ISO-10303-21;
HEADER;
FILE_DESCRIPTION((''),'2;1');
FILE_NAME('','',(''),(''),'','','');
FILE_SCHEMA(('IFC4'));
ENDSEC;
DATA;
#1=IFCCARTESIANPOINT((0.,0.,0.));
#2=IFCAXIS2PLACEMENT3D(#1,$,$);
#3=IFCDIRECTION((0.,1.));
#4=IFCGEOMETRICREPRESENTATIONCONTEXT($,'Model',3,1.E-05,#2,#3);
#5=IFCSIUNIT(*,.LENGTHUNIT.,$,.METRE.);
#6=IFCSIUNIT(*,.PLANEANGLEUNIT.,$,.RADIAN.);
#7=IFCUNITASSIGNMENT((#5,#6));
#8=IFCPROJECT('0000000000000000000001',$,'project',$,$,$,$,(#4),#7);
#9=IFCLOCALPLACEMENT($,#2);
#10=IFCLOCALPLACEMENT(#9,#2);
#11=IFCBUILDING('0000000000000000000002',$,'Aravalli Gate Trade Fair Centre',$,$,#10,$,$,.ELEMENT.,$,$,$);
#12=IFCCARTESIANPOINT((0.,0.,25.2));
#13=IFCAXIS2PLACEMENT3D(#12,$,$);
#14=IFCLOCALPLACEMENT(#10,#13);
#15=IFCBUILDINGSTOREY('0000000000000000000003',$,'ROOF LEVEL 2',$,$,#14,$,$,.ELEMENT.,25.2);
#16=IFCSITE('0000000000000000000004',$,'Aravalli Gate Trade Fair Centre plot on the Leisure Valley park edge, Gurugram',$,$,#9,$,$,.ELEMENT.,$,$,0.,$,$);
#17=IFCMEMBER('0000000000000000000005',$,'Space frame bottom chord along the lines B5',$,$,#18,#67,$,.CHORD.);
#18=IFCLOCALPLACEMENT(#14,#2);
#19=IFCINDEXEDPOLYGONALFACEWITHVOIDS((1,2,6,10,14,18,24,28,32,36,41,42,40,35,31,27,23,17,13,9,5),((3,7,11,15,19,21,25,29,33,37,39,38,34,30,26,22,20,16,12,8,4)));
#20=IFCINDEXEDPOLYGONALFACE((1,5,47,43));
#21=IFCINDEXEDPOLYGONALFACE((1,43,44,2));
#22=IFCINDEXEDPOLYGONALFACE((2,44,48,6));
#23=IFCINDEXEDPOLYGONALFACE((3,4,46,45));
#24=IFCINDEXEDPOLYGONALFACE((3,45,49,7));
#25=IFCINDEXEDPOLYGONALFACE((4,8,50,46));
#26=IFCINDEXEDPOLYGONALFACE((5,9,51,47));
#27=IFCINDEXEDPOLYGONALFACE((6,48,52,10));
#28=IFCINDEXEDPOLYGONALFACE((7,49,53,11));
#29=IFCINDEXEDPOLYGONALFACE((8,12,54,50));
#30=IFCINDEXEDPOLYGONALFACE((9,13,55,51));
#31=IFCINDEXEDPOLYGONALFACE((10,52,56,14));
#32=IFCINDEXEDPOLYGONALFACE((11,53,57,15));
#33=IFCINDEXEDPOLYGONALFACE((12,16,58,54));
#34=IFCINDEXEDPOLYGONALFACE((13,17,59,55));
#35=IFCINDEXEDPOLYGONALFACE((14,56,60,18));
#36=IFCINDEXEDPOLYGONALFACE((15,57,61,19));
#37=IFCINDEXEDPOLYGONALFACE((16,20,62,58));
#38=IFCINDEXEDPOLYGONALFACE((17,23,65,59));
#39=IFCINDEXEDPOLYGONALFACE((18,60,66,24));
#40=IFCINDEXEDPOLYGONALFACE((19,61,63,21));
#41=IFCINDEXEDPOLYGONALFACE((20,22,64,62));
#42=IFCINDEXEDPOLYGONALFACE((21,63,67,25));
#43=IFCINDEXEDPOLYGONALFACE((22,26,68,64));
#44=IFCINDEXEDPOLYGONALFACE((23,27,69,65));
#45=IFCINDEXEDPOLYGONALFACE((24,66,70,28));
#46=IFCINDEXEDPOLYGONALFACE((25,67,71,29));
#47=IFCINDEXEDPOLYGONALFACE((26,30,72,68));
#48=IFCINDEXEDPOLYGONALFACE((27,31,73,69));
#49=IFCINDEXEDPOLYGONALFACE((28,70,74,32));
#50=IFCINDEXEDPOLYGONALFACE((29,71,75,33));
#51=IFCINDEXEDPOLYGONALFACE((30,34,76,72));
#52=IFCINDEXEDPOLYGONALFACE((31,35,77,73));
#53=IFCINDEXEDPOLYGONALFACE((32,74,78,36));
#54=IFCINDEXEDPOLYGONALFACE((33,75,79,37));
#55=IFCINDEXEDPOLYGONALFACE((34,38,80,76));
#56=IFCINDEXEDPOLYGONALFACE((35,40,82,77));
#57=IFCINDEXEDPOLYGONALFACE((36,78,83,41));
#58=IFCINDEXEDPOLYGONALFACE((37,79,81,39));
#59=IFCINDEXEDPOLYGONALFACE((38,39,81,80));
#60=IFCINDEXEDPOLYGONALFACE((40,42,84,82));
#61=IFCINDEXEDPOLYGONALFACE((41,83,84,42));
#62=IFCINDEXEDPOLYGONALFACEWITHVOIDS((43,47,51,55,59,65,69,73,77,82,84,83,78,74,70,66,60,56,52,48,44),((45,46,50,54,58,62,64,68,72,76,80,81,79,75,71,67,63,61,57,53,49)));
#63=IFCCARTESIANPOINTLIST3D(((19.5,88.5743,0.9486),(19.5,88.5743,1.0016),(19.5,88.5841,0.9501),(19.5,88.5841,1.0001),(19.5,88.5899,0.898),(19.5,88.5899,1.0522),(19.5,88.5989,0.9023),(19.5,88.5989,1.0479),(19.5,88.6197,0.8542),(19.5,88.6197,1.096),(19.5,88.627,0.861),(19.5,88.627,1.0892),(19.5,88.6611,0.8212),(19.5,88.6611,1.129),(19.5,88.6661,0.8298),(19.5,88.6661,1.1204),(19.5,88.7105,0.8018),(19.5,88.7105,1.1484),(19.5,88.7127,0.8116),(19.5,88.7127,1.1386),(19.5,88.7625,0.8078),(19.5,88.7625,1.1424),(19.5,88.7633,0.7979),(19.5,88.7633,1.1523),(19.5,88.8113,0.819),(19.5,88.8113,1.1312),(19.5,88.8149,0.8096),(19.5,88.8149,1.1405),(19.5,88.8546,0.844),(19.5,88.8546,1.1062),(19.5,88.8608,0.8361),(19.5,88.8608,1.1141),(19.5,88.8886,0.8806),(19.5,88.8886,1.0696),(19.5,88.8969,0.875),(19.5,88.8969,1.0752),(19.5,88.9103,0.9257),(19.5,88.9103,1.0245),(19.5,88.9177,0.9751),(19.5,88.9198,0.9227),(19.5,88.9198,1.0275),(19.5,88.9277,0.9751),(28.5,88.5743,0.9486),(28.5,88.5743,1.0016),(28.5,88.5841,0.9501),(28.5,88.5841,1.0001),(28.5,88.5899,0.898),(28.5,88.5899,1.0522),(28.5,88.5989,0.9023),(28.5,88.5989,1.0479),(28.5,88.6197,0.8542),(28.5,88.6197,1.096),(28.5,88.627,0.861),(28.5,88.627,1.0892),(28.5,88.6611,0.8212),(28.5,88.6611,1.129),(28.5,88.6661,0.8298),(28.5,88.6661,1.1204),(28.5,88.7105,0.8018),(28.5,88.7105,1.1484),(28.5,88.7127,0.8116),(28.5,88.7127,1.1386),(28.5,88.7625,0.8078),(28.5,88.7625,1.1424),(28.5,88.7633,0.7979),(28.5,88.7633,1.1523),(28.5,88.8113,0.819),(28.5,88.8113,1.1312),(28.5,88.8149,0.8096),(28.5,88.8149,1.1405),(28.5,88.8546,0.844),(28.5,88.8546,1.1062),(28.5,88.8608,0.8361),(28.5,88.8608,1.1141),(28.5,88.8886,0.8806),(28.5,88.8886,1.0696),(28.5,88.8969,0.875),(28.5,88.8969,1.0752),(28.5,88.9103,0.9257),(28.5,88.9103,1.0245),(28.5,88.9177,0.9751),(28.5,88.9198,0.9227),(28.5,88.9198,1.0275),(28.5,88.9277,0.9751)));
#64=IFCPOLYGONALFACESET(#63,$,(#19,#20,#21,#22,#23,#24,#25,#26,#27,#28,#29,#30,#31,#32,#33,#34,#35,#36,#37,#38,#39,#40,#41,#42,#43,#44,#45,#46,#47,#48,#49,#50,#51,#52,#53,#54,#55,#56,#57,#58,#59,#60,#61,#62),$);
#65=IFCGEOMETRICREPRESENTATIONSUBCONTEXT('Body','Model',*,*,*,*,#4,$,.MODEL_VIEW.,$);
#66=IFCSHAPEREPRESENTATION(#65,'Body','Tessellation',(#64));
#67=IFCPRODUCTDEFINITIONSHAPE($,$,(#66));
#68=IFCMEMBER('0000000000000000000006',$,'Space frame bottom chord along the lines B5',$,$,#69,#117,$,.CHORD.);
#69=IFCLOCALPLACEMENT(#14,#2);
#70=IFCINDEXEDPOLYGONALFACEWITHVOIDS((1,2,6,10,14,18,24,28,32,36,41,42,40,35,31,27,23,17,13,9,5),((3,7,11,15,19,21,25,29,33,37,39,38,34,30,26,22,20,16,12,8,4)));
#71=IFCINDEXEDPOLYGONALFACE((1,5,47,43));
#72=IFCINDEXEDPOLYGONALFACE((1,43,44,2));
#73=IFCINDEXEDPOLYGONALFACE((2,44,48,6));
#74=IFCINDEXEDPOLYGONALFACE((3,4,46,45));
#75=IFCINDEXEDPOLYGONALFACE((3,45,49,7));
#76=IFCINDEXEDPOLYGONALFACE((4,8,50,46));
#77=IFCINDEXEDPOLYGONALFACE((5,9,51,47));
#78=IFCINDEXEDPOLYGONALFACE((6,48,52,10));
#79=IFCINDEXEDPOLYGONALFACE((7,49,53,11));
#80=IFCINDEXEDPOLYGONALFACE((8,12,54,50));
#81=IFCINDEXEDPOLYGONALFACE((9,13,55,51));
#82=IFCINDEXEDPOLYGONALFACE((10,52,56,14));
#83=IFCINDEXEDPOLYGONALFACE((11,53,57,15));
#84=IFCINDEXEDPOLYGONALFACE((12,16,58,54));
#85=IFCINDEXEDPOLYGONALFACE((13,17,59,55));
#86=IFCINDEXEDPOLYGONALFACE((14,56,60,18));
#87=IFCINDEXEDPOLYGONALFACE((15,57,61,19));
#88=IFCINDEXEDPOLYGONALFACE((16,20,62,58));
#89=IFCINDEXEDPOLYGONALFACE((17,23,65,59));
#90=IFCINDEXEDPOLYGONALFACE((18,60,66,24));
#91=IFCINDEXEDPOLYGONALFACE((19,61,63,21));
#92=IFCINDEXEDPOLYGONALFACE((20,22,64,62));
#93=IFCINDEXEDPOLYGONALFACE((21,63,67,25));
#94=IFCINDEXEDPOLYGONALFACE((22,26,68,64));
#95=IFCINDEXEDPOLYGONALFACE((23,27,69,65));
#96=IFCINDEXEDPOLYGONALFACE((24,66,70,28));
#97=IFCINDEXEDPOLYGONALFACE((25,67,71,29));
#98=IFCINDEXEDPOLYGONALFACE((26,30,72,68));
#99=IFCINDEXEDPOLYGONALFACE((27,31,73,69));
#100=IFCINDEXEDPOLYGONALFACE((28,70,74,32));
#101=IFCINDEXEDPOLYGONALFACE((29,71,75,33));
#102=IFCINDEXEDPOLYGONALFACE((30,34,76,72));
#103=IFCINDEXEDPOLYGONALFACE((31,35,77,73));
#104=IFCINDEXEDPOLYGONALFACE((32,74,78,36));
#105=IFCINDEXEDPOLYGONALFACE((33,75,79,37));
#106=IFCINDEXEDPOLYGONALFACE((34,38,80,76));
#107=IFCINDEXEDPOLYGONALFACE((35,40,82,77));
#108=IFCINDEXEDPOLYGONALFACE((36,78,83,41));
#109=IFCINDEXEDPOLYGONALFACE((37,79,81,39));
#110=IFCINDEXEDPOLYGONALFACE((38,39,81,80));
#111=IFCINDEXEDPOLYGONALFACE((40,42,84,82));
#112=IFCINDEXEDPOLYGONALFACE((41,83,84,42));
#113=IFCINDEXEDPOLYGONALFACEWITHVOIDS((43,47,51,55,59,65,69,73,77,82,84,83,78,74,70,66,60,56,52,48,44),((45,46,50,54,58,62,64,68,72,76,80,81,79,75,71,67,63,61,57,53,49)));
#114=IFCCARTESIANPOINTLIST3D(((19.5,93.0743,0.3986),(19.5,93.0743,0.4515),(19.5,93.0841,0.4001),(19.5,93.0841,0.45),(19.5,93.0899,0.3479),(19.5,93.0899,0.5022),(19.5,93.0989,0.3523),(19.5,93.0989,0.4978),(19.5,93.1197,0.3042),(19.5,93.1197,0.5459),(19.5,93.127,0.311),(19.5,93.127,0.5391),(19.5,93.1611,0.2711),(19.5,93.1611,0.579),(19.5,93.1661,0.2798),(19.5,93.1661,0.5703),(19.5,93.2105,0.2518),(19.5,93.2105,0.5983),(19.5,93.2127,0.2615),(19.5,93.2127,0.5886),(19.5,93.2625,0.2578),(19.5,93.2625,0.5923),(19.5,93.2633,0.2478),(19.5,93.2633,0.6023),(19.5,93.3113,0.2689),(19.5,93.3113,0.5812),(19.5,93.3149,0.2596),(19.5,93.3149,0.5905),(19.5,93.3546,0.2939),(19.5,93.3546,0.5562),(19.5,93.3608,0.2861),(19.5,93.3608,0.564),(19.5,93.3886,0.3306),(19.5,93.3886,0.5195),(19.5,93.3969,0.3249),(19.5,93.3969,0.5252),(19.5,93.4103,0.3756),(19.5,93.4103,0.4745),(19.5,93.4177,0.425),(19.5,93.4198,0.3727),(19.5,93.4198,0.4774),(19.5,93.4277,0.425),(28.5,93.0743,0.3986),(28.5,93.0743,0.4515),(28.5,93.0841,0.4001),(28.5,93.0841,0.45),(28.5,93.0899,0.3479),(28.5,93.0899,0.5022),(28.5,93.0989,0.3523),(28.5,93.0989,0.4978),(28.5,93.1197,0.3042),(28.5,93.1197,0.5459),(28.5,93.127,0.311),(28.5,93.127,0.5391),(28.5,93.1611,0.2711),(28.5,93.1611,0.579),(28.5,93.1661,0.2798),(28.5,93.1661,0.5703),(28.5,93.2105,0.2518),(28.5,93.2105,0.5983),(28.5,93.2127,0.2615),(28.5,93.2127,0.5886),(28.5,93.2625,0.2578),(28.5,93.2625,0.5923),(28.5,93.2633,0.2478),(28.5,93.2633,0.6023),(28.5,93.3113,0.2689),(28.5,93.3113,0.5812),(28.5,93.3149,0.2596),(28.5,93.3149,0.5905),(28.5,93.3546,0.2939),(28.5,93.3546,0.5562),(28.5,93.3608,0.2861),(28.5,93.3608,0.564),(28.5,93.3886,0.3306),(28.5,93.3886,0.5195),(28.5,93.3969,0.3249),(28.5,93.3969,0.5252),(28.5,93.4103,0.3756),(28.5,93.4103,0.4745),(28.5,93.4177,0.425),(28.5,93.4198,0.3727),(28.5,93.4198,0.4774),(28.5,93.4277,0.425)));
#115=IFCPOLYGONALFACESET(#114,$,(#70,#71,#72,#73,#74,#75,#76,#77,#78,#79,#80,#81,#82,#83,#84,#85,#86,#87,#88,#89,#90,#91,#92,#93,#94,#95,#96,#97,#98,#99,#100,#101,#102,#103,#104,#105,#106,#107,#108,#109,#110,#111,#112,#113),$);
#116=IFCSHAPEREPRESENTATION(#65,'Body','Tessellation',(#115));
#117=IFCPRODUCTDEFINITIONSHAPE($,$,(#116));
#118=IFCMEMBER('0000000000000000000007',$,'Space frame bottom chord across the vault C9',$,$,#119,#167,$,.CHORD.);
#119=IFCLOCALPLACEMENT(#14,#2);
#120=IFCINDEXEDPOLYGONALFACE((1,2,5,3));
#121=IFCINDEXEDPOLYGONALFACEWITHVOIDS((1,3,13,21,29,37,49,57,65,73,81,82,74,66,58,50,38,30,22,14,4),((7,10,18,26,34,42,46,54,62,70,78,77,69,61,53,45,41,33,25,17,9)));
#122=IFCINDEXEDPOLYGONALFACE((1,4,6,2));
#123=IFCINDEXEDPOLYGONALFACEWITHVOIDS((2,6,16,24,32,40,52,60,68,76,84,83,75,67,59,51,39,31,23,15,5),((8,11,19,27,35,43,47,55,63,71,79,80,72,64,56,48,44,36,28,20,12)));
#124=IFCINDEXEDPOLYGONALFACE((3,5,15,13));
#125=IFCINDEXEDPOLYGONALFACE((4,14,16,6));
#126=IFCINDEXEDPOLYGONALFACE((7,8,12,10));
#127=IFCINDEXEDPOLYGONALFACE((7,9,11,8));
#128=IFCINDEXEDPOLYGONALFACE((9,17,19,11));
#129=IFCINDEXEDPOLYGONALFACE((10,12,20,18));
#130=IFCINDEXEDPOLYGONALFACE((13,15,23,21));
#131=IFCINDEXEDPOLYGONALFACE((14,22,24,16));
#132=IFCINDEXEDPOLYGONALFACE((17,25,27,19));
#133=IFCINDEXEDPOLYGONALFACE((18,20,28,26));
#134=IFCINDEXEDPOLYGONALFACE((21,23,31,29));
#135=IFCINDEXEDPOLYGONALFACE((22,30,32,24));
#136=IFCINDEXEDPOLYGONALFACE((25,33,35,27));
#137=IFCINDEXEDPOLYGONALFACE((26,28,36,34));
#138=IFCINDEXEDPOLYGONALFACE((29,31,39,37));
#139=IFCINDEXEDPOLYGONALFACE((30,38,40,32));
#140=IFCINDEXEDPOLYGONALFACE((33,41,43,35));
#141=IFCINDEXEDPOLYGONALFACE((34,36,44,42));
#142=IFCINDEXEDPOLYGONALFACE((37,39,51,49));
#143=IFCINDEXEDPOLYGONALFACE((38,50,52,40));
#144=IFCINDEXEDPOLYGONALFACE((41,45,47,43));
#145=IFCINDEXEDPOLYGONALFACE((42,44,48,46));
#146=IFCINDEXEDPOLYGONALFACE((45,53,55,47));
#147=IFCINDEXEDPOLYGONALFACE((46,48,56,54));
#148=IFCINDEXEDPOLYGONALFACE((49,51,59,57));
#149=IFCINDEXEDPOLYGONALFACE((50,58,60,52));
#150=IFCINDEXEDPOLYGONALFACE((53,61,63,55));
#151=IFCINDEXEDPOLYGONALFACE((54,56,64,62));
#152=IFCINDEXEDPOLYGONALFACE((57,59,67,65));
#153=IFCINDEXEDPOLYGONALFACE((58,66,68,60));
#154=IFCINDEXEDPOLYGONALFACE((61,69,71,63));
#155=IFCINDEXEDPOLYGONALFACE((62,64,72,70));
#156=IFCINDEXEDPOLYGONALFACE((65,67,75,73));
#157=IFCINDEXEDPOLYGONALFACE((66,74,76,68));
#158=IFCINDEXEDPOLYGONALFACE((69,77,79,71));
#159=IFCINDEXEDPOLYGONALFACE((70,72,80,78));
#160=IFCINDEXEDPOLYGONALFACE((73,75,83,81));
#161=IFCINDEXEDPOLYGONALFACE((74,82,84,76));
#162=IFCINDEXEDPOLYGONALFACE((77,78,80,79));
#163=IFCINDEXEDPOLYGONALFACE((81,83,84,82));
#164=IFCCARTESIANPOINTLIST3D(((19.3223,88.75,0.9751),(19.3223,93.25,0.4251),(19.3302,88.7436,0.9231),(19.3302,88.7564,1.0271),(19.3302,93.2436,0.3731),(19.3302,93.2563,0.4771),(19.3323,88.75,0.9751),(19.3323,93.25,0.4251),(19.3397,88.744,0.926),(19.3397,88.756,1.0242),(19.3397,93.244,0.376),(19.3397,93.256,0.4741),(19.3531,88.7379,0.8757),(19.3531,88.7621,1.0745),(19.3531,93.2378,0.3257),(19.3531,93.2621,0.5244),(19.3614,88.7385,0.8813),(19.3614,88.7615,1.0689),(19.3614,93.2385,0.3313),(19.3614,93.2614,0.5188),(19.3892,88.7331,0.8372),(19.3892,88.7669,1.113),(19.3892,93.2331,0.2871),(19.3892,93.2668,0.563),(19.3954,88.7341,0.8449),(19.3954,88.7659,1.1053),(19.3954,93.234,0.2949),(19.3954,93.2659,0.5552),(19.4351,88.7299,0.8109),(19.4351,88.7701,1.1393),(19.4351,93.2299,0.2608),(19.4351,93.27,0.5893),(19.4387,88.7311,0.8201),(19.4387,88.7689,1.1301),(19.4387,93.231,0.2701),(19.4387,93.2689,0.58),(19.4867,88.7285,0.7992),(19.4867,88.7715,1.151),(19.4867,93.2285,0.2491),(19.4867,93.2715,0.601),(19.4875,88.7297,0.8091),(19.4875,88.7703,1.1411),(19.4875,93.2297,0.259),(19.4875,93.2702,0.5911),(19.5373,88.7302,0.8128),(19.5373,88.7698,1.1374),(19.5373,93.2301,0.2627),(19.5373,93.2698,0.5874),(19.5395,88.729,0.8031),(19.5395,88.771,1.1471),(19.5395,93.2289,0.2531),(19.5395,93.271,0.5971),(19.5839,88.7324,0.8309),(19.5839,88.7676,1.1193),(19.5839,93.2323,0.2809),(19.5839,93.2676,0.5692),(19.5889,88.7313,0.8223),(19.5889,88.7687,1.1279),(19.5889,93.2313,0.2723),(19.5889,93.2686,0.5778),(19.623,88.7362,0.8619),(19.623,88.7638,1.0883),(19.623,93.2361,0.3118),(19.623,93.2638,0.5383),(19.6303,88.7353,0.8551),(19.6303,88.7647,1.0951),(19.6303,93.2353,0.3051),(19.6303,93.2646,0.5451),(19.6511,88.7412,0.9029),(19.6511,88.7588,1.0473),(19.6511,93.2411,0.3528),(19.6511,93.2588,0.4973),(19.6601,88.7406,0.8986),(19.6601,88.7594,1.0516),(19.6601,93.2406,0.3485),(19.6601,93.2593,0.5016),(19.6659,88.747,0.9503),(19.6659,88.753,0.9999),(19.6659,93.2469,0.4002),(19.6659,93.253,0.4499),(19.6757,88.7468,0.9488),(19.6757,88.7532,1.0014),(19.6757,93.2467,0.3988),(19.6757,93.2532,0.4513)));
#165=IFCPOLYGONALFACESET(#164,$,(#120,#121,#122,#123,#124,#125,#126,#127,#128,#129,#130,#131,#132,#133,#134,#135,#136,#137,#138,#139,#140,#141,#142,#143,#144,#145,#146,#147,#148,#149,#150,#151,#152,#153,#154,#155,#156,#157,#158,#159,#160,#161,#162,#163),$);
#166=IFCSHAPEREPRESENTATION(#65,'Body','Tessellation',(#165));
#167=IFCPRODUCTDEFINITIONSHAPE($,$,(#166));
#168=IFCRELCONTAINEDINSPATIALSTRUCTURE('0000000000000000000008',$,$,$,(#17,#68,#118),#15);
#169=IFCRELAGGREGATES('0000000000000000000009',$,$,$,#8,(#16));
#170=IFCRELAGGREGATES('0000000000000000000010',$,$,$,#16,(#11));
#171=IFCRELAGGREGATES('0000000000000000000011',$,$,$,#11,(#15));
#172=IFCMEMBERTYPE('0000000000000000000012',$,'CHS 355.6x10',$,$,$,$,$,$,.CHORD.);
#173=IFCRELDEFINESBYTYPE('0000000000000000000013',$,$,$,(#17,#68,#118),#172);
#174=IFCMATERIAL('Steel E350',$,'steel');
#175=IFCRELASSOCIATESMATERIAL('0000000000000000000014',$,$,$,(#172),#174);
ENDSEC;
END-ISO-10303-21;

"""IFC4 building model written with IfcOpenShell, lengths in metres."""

from ifc_helpers import new_model, si_unit, direction, frame, origin, origin_2d, place, context, subcontext, project, spatial, hollow_circle, extrude, material, material_profile, profile_set, type_object, element, save


model = new_model("IFC4")

# Units and contexts
model_context = context("Model", 3, precision=1e-05, world=origin(), true_north=direction((0.0, 1.0)))
body_context = subcontext(model_context, "Body", "Model", "MODEL_VIEW")
ifc_project = project(units=[si_unit("LENGTHUNIT", "METRE"), si_unit("PLANEANGLEUNIT", "RADIAN")], contexts=[model_context])

# Site, building, storey
site_placement = place(None, origin())
site = spatial("IfcSite", under=ifc_project, at=site_placement, Name="Aravalli Gate Trade Fair Centre plot on the Leisure Valley park edge, Gurugram", CompositionType="ELEMENT", RefElevation=0.0)
building_placement = place(site_placement, origin())
building = spatial("IfcBuilding", under=site, at=building_placement, Name="Aravalli Gate Trade Fair Centre", CompositionType="ELEMENT")
storey_placement = place(building_placement, frame((0.0, 0.0, 25.2)))
storey = spatial("IfcBuildingStorey", under=building, at=storey_placement, Name="ROOF LEVEL 2", CompositionType="ELEMENT", Elevation=25.2)

# Members
ifc_material_1 = material(Name="Steel E350", Category="steel")
ifc_material_profile_1 = material_profile(ifc_material_1, hollow_circle(Radius=0.1777, WallThickness=0.01, at=origin_2d()), Name="CHS 355.6x10")
ifc_profile_set_1 = profile_set([ifc_material_profile_1], Name="Steel E350")
member_type_1 = type_object("IfcMemberType", Name="CHS 355.6x10", PredefinedType="CHORD", material=ifc_profile_set_1)
for number, where, z_axis, x_axis, name in (
    (1, (19.5, 88.75, 0.9751), (1.0, 0.0, 0.0), (0.0, 1.0, 0.0), "Space frame bottom chord along the lines B5"),
    (2, (19.5, 93.25, 0.425), (1.0, 0.0, 0.0), (0.0, 1.0, 0.0), "Space frame bottom chord along the lines B5"),
):
    element("IfcMember", number, at=place(storey_placement, frame(where, z_axis=z_axis, x_axis=x_axis)), inside=storey, type_object=member_type_1, Name=name, PredefinedType="CHORD", context=body_context, shape_type="SweptSolid", body=[
        extrude(hollow_circle(Radius=0.1777, WallThickness=0.01, at=origin_2d()), origin(), (0.0, 0.0, 1.0), 9.0),
    ])
member_1_placement = place(storey_placement, frame((19.5, 88.75, 0.9751), z_axis=(0.0, 0.992612, -0.12133), x_axis=(-1.0, 0.0, 0.0)))
element("IfcMember", 3, at=member_1_placement, inside=storey, type_object=member_type_1, Name="Space frame bottom chord across the vault C9", PredefinedType="CHORD", context=body_context, shape_type="SweptSolid", body=[
    extrude(hollow_circle(Radius=0.1777, WallThickness=0.01, at=origin_2d()), origin(), (0.0, 0.0, 1.0), 4.5334),
])

save(model, "model.ifc")
